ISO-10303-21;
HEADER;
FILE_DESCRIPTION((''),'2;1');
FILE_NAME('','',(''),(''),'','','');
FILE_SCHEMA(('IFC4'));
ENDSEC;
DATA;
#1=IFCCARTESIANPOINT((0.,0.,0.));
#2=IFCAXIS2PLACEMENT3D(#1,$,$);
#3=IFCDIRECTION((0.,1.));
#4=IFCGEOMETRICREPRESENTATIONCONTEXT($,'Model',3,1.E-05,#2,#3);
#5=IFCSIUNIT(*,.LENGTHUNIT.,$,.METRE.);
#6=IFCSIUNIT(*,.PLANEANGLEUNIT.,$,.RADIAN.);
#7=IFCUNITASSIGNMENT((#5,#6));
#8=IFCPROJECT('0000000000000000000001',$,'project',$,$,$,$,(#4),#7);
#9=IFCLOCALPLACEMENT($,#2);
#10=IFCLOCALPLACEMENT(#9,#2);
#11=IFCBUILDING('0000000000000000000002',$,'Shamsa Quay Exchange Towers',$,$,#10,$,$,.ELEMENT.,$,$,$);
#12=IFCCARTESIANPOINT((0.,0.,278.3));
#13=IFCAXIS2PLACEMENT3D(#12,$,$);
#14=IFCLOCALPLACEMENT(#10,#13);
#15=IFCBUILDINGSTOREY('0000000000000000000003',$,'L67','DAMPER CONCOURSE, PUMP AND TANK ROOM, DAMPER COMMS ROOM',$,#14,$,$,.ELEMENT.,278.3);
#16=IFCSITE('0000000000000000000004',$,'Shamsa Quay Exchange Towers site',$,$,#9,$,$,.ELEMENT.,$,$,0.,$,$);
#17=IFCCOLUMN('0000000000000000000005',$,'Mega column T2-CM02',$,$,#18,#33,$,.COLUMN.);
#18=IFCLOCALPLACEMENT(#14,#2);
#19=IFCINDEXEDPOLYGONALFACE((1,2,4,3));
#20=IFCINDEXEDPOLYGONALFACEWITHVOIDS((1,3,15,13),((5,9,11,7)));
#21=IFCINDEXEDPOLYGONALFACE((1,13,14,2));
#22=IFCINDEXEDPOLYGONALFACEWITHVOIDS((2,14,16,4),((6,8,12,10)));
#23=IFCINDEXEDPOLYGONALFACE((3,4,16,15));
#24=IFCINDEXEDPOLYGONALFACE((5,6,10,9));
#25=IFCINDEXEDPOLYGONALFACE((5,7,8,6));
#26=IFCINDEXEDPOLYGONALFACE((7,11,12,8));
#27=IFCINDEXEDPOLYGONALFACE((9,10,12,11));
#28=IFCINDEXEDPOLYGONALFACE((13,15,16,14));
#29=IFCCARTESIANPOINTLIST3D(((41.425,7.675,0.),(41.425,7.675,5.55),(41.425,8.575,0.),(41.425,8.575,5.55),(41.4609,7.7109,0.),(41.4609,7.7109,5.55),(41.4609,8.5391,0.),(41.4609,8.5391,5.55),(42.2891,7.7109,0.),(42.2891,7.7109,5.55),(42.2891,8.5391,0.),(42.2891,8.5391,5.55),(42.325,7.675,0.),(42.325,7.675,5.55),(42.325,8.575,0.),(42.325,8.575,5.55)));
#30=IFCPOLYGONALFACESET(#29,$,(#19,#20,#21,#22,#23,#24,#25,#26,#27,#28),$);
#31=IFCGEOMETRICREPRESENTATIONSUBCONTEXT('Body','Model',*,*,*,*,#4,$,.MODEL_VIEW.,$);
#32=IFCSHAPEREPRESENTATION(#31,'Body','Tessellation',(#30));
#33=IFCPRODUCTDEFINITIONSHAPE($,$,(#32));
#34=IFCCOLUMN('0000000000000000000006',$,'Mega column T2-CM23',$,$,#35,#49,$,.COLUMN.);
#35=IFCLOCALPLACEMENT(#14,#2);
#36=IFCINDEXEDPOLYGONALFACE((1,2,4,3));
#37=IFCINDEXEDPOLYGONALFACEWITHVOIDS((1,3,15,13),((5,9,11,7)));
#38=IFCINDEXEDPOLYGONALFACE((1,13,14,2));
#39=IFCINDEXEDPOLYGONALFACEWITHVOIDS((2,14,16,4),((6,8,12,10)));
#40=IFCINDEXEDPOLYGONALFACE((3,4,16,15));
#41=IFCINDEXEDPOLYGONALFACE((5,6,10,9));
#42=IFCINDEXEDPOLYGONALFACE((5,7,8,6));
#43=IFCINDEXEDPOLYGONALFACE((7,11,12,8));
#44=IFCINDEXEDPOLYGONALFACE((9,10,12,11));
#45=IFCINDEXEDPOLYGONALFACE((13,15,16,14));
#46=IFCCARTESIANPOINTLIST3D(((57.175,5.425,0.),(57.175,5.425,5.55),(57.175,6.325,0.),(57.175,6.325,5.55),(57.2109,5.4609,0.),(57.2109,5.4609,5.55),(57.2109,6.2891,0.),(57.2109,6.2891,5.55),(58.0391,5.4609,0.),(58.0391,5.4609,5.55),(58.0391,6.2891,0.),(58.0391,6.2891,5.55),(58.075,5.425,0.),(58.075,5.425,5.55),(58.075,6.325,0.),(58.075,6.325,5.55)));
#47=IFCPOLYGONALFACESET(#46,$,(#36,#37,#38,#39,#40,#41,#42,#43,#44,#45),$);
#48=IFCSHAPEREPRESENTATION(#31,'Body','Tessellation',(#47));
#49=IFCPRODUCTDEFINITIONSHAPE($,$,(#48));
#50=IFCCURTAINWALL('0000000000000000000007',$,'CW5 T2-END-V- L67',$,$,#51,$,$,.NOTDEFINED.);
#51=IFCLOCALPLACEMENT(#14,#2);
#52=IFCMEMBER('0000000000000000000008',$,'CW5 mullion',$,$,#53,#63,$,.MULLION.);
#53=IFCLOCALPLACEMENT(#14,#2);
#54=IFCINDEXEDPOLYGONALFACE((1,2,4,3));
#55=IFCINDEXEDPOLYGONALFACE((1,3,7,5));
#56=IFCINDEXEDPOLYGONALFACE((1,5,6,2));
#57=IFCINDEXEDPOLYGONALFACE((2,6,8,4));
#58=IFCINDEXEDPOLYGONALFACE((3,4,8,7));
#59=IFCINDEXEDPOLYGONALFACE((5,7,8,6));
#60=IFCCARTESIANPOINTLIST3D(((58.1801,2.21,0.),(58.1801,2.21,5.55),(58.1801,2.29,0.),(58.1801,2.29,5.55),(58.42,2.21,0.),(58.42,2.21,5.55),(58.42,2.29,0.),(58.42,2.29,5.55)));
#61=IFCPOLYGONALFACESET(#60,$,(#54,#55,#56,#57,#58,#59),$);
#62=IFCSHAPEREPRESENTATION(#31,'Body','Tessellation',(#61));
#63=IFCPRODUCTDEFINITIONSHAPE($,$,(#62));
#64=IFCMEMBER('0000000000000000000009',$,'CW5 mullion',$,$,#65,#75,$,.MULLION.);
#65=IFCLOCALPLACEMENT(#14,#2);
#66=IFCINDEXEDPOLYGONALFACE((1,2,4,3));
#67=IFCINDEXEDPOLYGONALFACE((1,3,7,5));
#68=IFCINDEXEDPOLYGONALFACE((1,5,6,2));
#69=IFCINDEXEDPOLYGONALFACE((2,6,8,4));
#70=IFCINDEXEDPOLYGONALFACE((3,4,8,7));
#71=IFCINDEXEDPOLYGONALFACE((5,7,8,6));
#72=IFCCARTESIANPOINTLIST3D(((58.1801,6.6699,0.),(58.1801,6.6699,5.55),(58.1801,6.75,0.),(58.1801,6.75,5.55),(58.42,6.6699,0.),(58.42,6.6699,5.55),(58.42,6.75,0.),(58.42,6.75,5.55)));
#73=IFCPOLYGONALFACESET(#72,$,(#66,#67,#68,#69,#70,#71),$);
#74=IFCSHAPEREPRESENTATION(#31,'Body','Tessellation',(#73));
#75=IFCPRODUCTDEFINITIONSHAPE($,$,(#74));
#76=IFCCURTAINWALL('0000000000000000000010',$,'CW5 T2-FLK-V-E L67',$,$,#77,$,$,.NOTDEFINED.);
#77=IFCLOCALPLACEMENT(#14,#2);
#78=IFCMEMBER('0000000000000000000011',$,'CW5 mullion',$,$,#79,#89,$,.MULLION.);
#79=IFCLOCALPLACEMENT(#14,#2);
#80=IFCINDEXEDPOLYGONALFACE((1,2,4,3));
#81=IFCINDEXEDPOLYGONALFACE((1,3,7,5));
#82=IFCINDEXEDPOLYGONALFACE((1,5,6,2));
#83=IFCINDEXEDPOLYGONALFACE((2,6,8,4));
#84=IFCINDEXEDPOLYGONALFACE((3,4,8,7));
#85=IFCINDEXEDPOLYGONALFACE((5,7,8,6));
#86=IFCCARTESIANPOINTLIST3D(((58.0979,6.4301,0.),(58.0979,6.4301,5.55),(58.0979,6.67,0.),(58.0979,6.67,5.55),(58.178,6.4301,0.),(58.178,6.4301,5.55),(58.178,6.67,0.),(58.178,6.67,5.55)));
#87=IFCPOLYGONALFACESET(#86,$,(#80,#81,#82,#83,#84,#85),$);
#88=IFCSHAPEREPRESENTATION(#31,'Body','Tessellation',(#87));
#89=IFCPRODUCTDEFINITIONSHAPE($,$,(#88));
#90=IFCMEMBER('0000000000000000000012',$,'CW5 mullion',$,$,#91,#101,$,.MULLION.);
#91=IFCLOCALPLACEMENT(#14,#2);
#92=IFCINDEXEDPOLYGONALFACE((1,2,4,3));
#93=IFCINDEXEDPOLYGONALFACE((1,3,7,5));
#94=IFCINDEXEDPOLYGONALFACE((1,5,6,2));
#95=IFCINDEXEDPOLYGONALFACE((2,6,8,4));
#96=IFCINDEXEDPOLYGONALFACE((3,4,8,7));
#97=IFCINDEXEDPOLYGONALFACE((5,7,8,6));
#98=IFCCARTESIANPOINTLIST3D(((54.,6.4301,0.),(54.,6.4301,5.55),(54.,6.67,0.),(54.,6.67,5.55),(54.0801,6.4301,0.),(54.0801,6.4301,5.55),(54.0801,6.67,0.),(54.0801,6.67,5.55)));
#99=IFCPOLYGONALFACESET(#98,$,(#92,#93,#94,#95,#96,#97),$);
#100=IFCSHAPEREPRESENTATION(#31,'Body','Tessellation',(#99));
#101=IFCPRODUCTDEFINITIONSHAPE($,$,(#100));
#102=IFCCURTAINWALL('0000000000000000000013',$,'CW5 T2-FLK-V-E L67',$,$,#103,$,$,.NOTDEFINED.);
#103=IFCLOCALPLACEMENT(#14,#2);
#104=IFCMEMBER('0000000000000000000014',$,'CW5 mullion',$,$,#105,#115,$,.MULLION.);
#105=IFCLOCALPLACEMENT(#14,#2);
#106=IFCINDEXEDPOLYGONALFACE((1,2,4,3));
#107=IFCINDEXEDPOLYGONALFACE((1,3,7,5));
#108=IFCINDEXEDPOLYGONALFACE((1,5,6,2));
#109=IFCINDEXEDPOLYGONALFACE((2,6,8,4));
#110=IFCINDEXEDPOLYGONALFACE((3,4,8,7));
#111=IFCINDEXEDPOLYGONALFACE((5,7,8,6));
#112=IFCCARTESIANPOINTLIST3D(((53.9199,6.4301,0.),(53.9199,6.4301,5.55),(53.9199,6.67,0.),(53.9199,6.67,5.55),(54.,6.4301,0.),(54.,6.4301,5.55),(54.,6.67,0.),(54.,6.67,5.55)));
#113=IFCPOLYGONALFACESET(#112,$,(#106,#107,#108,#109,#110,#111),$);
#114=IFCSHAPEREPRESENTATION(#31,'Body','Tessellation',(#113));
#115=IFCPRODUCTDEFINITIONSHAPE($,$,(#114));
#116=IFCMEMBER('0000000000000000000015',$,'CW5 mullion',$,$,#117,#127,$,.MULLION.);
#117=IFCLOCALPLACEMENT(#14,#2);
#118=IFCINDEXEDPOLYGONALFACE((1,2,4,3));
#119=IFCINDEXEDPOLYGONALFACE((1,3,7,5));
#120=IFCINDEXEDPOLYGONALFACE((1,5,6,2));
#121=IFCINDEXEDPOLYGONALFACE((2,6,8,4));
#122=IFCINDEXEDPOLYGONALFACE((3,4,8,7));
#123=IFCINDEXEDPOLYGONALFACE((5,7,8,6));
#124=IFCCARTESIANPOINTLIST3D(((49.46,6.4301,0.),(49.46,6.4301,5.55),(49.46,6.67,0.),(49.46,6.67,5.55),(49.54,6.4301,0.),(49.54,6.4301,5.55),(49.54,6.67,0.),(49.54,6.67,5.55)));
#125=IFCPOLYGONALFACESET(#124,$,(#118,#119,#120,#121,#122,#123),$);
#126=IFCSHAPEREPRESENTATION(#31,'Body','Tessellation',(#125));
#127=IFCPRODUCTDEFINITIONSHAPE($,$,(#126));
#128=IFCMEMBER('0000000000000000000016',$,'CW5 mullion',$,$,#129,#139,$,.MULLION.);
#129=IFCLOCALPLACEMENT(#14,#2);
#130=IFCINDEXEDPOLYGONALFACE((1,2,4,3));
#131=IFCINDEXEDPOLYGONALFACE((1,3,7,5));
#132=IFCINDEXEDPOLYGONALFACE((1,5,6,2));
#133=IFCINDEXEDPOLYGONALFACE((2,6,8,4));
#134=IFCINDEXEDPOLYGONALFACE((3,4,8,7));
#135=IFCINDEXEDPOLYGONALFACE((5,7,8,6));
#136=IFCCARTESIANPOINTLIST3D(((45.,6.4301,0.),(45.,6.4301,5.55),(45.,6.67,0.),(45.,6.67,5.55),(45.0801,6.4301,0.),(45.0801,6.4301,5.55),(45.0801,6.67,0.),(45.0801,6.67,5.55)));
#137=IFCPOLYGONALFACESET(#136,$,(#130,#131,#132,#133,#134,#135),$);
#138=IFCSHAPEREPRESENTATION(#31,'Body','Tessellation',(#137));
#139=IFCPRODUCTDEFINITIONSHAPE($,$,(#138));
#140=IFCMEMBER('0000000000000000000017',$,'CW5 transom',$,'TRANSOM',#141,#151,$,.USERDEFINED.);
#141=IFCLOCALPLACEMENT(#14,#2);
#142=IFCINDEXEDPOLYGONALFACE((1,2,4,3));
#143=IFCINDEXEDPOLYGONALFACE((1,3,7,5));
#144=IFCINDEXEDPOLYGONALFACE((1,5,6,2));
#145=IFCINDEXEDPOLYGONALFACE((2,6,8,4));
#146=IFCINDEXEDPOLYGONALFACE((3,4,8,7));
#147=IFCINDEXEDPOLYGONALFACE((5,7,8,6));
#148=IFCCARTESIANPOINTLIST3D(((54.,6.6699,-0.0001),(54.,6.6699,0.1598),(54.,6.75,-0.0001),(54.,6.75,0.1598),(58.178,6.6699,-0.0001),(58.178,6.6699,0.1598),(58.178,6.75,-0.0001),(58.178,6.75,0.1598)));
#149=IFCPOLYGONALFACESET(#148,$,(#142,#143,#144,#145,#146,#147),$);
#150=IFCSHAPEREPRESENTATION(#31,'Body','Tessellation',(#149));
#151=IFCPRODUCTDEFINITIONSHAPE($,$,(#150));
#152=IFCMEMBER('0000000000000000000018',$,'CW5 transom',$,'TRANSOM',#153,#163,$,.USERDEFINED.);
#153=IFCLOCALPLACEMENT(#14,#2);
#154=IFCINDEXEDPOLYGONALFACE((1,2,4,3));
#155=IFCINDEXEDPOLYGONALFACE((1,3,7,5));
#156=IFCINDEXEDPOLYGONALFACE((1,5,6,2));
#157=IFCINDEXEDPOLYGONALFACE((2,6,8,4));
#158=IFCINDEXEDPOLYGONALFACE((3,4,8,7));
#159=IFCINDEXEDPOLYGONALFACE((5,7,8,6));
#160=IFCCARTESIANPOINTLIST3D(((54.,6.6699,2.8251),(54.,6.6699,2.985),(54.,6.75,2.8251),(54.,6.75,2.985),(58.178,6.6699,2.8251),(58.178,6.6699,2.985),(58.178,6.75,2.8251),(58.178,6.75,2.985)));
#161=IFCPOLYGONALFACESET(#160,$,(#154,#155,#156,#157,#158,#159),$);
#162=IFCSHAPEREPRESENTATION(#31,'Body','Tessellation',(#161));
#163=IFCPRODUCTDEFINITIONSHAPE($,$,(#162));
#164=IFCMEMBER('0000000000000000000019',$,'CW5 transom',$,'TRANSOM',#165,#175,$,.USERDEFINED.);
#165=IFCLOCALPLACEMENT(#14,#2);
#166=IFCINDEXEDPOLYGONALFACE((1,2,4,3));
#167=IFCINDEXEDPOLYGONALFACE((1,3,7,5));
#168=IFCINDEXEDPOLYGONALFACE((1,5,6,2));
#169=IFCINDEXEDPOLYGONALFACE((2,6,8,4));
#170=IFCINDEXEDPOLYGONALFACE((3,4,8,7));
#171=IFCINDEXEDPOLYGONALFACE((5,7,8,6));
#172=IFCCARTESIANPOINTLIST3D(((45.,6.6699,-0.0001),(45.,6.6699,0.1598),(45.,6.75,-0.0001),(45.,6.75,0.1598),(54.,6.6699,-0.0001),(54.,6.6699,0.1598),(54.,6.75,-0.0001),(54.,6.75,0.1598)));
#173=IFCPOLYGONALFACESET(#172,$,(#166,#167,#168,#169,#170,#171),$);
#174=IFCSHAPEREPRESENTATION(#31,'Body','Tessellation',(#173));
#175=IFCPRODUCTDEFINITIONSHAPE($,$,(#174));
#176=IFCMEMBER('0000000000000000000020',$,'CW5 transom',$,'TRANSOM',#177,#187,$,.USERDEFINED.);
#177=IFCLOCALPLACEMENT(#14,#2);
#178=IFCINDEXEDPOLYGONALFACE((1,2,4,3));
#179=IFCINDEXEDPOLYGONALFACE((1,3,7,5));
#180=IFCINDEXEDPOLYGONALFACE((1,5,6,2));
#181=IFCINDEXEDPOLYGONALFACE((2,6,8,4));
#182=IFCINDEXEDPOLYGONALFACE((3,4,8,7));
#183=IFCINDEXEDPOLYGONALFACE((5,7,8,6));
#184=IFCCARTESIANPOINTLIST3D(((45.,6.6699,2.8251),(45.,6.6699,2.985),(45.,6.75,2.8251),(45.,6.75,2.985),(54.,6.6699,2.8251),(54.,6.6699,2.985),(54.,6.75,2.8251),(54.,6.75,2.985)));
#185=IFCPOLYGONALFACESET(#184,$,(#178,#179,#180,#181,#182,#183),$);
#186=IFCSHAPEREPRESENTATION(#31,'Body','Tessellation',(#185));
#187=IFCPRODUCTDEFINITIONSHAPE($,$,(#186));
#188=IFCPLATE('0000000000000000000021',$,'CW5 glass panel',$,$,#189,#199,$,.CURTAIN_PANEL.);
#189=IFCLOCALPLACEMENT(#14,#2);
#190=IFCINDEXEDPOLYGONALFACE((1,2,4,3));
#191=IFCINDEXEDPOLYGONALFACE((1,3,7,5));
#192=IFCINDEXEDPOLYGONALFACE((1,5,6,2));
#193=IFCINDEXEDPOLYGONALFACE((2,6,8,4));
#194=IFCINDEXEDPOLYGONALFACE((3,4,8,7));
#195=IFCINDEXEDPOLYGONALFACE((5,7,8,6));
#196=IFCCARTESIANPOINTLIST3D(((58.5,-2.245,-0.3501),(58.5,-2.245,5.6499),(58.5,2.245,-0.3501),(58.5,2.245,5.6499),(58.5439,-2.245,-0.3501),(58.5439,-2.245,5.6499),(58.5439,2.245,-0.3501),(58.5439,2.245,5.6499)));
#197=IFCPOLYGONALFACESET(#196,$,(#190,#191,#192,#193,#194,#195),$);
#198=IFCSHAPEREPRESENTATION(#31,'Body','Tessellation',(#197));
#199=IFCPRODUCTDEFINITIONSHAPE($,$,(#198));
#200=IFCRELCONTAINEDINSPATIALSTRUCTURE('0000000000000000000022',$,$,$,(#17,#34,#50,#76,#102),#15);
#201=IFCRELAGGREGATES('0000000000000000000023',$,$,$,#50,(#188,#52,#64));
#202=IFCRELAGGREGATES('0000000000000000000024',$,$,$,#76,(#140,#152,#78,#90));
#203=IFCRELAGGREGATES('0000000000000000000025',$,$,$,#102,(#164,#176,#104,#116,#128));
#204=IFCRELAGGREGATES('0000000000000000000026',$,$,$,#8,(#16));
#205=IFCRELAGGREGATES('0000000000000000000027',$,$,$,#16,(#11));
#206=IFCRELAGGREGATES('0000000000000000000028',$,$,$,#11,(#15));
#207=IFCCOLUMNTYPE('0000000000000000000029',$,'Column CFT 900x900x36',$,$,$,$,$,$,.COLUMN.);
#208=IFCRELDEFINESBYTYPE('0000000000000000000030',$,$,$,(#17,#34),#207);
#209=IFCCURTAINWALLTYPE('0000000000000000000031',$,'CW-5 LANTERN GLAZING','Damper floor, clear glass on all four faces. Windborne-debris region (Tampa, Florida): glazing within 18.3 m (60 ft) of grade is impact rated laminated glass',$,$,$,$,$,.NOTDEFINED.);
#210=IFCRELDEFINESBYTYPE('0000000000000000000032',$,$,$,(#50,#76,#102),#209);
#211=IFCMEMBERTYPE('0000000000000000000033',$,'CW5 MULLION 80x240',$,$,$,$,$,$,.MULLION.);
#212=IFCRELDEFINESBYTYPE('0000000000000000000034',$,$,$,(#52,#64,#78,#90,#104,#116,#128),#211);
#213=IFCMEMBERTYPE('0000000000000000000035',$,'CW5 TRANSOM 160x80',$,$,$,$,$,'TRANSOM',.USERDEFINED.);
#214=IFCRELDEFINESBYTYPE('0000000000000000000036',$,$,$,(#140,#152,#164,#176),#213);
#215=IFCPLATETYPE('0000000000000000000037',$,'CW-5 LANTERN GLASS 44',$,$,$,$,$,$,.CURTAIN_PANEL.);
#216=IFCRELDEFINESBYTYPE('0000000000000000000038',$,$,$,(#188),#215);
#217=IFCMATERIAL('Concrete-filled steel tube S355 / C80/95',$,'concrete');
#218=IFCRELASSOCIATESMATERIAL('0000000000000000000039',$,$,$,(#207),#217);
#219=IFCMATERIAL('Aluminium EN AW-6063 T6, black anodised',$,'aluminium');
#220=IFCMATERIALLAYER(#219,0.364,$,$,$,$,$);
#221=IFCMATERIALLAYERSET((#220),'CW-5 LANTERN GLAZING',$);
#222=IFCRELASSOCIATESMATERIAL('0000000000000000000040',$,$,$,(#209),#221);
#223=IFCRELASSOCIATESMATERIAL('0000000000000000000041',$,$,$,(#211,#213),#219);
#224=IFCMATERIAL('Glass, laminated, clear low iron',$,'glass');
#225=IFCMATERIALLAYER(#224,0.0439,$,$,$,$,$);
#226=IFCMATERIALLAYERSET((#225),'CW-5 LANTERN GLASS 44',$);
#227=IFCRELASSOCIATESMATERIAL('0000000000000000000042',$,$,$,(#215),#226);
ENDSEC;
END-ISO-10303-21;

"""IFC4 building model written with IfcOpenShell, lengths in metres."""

from ifc_helpers import new_model, si_unit, direction, frame, origin, origin_2d, place, context, subcontext, project, spatial, rectangle, hollow_rectangle, extrude, material, layer, layer_set, material_profile, profile_set, type_object, element, aggregate, save


model = new_model("IFC4")

# Units and contexts
model_context = context("Model", 3, precision=1e-05, world=origin(), true_north=direction((0.0, 1.0)))
body_context = subcontext(model_context, "Body", "Model", "MODEL_VIEW")
ifc_project = project(units=[si_unit("LENGTHUNIT", "METRE"), si_unit("PLANEANGLEUNIT", "RADIAN")], contexts=[model_context])

# Site, building, storey
site_placement = place(None, origin())
site = spatial("IfcSite", under=ifc_project, at=site_placement, Name="Shamsa Quay Exchange Towers site", CompositionType="ELEMENT", RefElevation=0.0)
building_placement = place(site_placement, origin())
building = spatial("IfcBuilding", under=site, at=building_placement, Name="Shamsa Quay Exchange Towers", CompositionType="ELEMENT")
storey_placement = place(building_placement, frame((0.0, 0.0, 278.3)))
storey = spatial("IfcBuildingStorey", under=building, at=storey_placement, Name="L67", Description="DAMPER CONCOURSE, PUMP AND TANK ROOM, DAMPER COMMS ROOM", CompositionType="ELEMENT", Elevation=278.3)

# Columns
ifc_material_1 = material(Name="Concrete-filled steel tube S355 / C80/95", Category="concrete")
ifc_material_profile_1 = material_profile(ifc_material_1, hollow_rectangle(XDim=0.8999, YDim=0.8999, WallThickness=0.0359, at=origin_2d()), Name="CFT 900x900x36")
ifc_profile_set_1 = profile_set([ifc_material_profile_1], Name="Concrete-filled steel tube S355 / C80/95")
column_type = type_object("IfcColumnType", Name="Column CFT 900x900x36", PredefinedType="COLUMN", material=ifc_profile_set_1)
for number, where, name in (
    (1, (41.875, 8.125, 0.0), "Mega column T2-CM02"),
    (2, (57.625, 5.875, 0.0), "Mega column T2-CM23"),
):
    element("IfcColumn", number, at=place(storey_placement, frame(where)), inside=storey, type_object=column_type, Name=name, PredefinedType="COLUMN", context=body_context, shape_type="SweptSolid", body=[
        extrude(hollow_rectangle(XDim=0.8999, YDim=0.8999, WallThickness=0.0359, at=origin_2d()), origin(), (0.0, 0.0, 1.0), 5.55),
    ])

# Curtain walls, members
ifc_material_2 = material(Name="Aluminium EN AW-6063 T6, black anodised", Category="aluminium")
ifc_layer_1 = layer(ifc_material_2, 0.364)
ifc_layer_set_1 = layer_set([ifc_layer_1], Name="CW-5 LANTERN GLAZING")
curtain_wall_type = type_object("IfcCurtainWallType", Name="CW-5 LANTERN GLAZING", Description="Damper floor, clear glass on all four faces. Windborne-debris region (Tampa, Florida): glazing within 18.3 m (60 ft) of grade is impact rated laminated glass", PredefinedType="NOTDEFINED", material=ifc_layer_set_1)
curtain_wall_1_placement = place(storey_placement, origin())
curtain_wall_1 = element("IfcCurtainWall", 3, at=curtain_wall_1_placement, inside=storey, type_object=curtain_wall_type, Name="CW5 T2-END-V- L67", PredefinedType="NOTDEFINED")
ifc_material_profile_2 = material_profile(ifc_material_2, rectangle(XDim=0.24, YDim=0.0801, at=origin_2d()), Name="MU80x240")
ifc_profile_set_2 = profile_set([ifc_material_profile_2], Name="Aluminium EN AW-6063 T6, black anodised")
member_type_1 = type_object("IfcMemberType", Name="CW5 MULLION 80x240", PredefinedType="MULLION", material=ifc_profile_set_2)
member_1_placement = place(storey_placement, frame((58.3, 2.25, 0.0), z_axis=(0.0, 0.0, 1.0), x_axis=(-1.0, 0.0, 0.0)))
member_1 = element("IfcMember", 4, at=member_1_placement, type_object=member_type_1, Name="CW5 mullion", PredefinedType="MULLION", context=body_context, shape_type="SweptSolid", body=[
    extrude(rectangle(XDim=0.24, YDim=0.0801, at=origin_2d()), origin(), (0.0, 0.0, 1.0), 5.55),
])
member_2_placement = place(storey_placement, frame((58.3, 6.71, 0.0), z_axis=(0.0, 0.0, 1.0), x_axis=(-1.0, 0.0, 0.0)))
member_2 = element("IfcMember", 5, at=member_2_placement, type_object=member_type_1, Name="CW5 mullion", PredefinedType="MULLION", context=body_context, shape_type="SweptSolid", body=[
    extrude(rectangle(XDim=0.24, YDim=0.0801, at=origin_2d()), origin(), (0.0, 0.0, 1.0), 5.55),
])
curtain_wall_2_placement = place(storey_placement, origin())
curtain_wall_2 = element("IfcCurtainWall", 6, at=curtain_wall_2_placement, inside=storey, type_object=curtain_wall_type, Name="CW5 T2-FLK-V-E L67", PredefinedType="NOTDEFINED")
member_3_placement = place(storey_placement, frame((58.1379, 6.55, 0.0), z_axis=(0.0, 0.0, 1.0), x_axis=(0.0, -1.0, 0.0)))
member_3 = element("IfcMember", 7, at=member_3_placement, type_object=member_type_1, Name="CW5 mullion", PredefinedType="MULLION", context=body_context, shape_type="SweptSolid", body=[
    extrude(rectangle(XDim=0.24, YDim=0.0801, at=origin_2d()), origin(), (0.0, 0.0, 1.0), 5.55),
])
member_4_placement = place(storey_placement, frame((54.04, 6.55, 0.0), z_axis=(0.0, 0.0, 1.0), x_axis=(0.0, -1.0, 0.0)))
member_4 = element("IfcMember", 8, at=member_4_placement, type_object=member_type_1, Name="CW5 mullion", PredefinedType="MULLION", context=body_context, shape_type="SweptSolid", body=[
    extrude(rectangle(XDim=0.24, YDim=0.0801, at=origin_2d()), origin(), (0.0, 0.0, 1.0), 5.55),
])
curtain_wall_3_placement = place(storey_placement, origin())
curtain_wall_3 = element("IfcCurtainWall", 9, at=curtain_wall_3_placement, inside=storey, type_object=curtain_wall_type, Name="CW5 T2-FLK-V-E L67", PredefinedType="NOTDEFINED")
member_5_placement = place(storey_placement, frame((53.96, 6.55, 0.0), z_axis=(0.0, 0.0, 1.0), x_axis=(0.0, -1.0, 0.0)))
member_5 = element("IfcMember", 10, at=member_5_placement, type_object=member_type_1, Name="CW5 mullion", PredefinedType="MULLION", context=body_context, shape_type="SweptSolid", body=[
    extrude(rectangle(XDim=0.24, YDim=0.0801, at=origin_2d()), origin(), (0.0, 0.0, 1.0), 5.55),
])
member_6_placement = place(storey_placement, frame((49.5, 6.55, 0.0), z_axis=(0.0, 0.0, 1.0), x_axis=(0.0, -1.0, 0.0)))
member_6 = element("IfcMember", 11, at=member_6_placement, type_object=member_type_1, Name="CW5 mullion", PredefinedType="MULLION", context=body_context, shape_type="SweptSolid", body=[
    extrude(rectangle(XDim=0.24, YDim=0.0801, at=origin_2d()), origin(), (0.0, 0.0, 1.0), 5.55),
])
member_7_placement = place(storey_placement, frame((45.04, 6.55, 0.0), z_axis=(0.0, 0.0, 1.0), x_axis=(0.0, -1.0, 0.0)))
member_7 = element("IfcMember", 12, at=member_7_placement, type_object=member_type_1, Name="CW5 mullion", PredefinedType="MULLION", context=body_context, shape_type="SweptSolid", body=[
    extrude(rectangle(XDim=0.24, YDim=0.0801, at=origin_2d()), origin(), (0.0, 0.0, 1.0), 5.55),
])

# Members
ifc_material_profile_3 = material_profile(ifc_material_2, rectangle(XDim=0.0801, YDim=0.1599, at=origin_2d()), Name="TR160x80")
ifc_profile_set_3 = profile_set([ifc_material_profile_3], Name="Aluminium EN AW-6063 T6, black anodised")
member_type_2 = type_object("IfcMemberType", Name="CW5 TRANSOM 160x80", ElementType="TRANSOM", PredefinedType="USERDEFINED", material=ifc_profile_set_3)
member_8_placement = place(storey_placement, frame((58.178, 6.71, 0.0798), z_axis=(-1.0, 0.0, 0.0), x_axis=(0.0, -1.0, 0.0)))
member_8 = element("IfcMember", 13, at=member_8_placement, type_object=member_type_2, Name="CW5 transom", ObjectType="TRANSOM", PredefinedType="USERDEFINED", context=body_context, shape_type="SweptSolid", body=[
    extrude(rectangle(XDim=0.0801, YDim=0.1599, at=origin_2d()), origin(), (0.0, 0.0, 1.0), 4.178),
])
member_9_placement = place(storey_placement, frame((58.178, 6.71, 2.905), z_axis=(-1.0, 0.0, 0.0), x_axis=(0.0, -1.0, 0.0)))
member_9 = element("IfcMember", 14, at=member_9_placement, type_object=member_type_2, Name="CW5 transom", ObjectType="TRANSOM", PredefinedType="USERDEFINED", context=body_context, shape_type="SweptSolid", body=[
    extrude(rectangle(XDim=0.0801, YDim=0.1599, at=origin_2d()), origin(), (0.0, 0.0, 1.0), 4.178),
])
member_10_placement = place(storey_placement, frame((54.0, 6.71, 0.0798), z_axis=(-1.0, 0.0, 0.0), x_axis=(0.0, -1.0, 0.0)))
member_10 = element("IfcMember", 15, at=member_10_placement, type_object=member_type_2, Name="CW5 transom", ObjectType="TRANSOM", PredefinedType="USERDEFINED", context=body_context, shape_type="SweptSolid", body=[
    extrude(rectangle(XDim=0.0801, YDim=0.1599, at=origin_2d()), origin(), (0.0, 0.0, 1.0), 9.0),
])
member_11_placement = place(storey_placement, frame((54.0, 6.71, 2.905), z_axis=(-1.0, 0.0, 0.0), x_axis=(0.0, -1.0, 0.0)))
member_11 = element("IfcMember", 16, at=member_11_placement, type_object=member_type_2, Name="CW5 transom", ObjectType="TRANSOM", PredefinedType="USERDEFINED", context=body_context, shape_type="SweptSolid", body=[
    extrude(rectangle(XDim=0.0801, YDim=0.1599, at=origin_2d()), origin(), (0.0, 0.0, 1.0), 9.0),
])

# Plate
ifc_material_3 = material(Name="Glass, laminated, clear low iron", Category="glass")
ifc_layer_2 = layer(ifc_material_3, 0.0439)
ifc_layer_set_2 = layer_set([ifc_layer_2], Name="CW-5 LANTERN GLASS 44")
plate_type = type_object("IfcPlateType", Name="CW-5 LANTERN GLASS 44", PredefinedType="CURTAIN_PANEL", material=ifc_layer_set_2)
plate_1_placement = place(storey_placement, frame((58.522, 0.0, -0.3501), z_axis=(0.0, 0.0, 1.0), x_axis=(0.0, 1.0, 0.0)))
plate_1 = element("IfcPlate", 17, at=plate_1_placement, type_object=plate_type, Name="CW5 glass panel", PredefinedType="CURTAIN_PANEL", context=body_context, shape_type="SweptSolid", body=[
    extrude(rectangle(XDim=4.49, YDim=0.0439, at=origin_2d()), origin(), (0.0, 0.0, 1.0), 6.0),
])
aggregate(curtain_wall_1, [plate_1, member_1, member_2])
aggregate(curtain_wall_2, [member_8, member_9, member_3, member_4])
aggregate(curtain_wall_3, [member_10, member_11, member_5, member_6, member_7])

save(model, "model.ifc")
